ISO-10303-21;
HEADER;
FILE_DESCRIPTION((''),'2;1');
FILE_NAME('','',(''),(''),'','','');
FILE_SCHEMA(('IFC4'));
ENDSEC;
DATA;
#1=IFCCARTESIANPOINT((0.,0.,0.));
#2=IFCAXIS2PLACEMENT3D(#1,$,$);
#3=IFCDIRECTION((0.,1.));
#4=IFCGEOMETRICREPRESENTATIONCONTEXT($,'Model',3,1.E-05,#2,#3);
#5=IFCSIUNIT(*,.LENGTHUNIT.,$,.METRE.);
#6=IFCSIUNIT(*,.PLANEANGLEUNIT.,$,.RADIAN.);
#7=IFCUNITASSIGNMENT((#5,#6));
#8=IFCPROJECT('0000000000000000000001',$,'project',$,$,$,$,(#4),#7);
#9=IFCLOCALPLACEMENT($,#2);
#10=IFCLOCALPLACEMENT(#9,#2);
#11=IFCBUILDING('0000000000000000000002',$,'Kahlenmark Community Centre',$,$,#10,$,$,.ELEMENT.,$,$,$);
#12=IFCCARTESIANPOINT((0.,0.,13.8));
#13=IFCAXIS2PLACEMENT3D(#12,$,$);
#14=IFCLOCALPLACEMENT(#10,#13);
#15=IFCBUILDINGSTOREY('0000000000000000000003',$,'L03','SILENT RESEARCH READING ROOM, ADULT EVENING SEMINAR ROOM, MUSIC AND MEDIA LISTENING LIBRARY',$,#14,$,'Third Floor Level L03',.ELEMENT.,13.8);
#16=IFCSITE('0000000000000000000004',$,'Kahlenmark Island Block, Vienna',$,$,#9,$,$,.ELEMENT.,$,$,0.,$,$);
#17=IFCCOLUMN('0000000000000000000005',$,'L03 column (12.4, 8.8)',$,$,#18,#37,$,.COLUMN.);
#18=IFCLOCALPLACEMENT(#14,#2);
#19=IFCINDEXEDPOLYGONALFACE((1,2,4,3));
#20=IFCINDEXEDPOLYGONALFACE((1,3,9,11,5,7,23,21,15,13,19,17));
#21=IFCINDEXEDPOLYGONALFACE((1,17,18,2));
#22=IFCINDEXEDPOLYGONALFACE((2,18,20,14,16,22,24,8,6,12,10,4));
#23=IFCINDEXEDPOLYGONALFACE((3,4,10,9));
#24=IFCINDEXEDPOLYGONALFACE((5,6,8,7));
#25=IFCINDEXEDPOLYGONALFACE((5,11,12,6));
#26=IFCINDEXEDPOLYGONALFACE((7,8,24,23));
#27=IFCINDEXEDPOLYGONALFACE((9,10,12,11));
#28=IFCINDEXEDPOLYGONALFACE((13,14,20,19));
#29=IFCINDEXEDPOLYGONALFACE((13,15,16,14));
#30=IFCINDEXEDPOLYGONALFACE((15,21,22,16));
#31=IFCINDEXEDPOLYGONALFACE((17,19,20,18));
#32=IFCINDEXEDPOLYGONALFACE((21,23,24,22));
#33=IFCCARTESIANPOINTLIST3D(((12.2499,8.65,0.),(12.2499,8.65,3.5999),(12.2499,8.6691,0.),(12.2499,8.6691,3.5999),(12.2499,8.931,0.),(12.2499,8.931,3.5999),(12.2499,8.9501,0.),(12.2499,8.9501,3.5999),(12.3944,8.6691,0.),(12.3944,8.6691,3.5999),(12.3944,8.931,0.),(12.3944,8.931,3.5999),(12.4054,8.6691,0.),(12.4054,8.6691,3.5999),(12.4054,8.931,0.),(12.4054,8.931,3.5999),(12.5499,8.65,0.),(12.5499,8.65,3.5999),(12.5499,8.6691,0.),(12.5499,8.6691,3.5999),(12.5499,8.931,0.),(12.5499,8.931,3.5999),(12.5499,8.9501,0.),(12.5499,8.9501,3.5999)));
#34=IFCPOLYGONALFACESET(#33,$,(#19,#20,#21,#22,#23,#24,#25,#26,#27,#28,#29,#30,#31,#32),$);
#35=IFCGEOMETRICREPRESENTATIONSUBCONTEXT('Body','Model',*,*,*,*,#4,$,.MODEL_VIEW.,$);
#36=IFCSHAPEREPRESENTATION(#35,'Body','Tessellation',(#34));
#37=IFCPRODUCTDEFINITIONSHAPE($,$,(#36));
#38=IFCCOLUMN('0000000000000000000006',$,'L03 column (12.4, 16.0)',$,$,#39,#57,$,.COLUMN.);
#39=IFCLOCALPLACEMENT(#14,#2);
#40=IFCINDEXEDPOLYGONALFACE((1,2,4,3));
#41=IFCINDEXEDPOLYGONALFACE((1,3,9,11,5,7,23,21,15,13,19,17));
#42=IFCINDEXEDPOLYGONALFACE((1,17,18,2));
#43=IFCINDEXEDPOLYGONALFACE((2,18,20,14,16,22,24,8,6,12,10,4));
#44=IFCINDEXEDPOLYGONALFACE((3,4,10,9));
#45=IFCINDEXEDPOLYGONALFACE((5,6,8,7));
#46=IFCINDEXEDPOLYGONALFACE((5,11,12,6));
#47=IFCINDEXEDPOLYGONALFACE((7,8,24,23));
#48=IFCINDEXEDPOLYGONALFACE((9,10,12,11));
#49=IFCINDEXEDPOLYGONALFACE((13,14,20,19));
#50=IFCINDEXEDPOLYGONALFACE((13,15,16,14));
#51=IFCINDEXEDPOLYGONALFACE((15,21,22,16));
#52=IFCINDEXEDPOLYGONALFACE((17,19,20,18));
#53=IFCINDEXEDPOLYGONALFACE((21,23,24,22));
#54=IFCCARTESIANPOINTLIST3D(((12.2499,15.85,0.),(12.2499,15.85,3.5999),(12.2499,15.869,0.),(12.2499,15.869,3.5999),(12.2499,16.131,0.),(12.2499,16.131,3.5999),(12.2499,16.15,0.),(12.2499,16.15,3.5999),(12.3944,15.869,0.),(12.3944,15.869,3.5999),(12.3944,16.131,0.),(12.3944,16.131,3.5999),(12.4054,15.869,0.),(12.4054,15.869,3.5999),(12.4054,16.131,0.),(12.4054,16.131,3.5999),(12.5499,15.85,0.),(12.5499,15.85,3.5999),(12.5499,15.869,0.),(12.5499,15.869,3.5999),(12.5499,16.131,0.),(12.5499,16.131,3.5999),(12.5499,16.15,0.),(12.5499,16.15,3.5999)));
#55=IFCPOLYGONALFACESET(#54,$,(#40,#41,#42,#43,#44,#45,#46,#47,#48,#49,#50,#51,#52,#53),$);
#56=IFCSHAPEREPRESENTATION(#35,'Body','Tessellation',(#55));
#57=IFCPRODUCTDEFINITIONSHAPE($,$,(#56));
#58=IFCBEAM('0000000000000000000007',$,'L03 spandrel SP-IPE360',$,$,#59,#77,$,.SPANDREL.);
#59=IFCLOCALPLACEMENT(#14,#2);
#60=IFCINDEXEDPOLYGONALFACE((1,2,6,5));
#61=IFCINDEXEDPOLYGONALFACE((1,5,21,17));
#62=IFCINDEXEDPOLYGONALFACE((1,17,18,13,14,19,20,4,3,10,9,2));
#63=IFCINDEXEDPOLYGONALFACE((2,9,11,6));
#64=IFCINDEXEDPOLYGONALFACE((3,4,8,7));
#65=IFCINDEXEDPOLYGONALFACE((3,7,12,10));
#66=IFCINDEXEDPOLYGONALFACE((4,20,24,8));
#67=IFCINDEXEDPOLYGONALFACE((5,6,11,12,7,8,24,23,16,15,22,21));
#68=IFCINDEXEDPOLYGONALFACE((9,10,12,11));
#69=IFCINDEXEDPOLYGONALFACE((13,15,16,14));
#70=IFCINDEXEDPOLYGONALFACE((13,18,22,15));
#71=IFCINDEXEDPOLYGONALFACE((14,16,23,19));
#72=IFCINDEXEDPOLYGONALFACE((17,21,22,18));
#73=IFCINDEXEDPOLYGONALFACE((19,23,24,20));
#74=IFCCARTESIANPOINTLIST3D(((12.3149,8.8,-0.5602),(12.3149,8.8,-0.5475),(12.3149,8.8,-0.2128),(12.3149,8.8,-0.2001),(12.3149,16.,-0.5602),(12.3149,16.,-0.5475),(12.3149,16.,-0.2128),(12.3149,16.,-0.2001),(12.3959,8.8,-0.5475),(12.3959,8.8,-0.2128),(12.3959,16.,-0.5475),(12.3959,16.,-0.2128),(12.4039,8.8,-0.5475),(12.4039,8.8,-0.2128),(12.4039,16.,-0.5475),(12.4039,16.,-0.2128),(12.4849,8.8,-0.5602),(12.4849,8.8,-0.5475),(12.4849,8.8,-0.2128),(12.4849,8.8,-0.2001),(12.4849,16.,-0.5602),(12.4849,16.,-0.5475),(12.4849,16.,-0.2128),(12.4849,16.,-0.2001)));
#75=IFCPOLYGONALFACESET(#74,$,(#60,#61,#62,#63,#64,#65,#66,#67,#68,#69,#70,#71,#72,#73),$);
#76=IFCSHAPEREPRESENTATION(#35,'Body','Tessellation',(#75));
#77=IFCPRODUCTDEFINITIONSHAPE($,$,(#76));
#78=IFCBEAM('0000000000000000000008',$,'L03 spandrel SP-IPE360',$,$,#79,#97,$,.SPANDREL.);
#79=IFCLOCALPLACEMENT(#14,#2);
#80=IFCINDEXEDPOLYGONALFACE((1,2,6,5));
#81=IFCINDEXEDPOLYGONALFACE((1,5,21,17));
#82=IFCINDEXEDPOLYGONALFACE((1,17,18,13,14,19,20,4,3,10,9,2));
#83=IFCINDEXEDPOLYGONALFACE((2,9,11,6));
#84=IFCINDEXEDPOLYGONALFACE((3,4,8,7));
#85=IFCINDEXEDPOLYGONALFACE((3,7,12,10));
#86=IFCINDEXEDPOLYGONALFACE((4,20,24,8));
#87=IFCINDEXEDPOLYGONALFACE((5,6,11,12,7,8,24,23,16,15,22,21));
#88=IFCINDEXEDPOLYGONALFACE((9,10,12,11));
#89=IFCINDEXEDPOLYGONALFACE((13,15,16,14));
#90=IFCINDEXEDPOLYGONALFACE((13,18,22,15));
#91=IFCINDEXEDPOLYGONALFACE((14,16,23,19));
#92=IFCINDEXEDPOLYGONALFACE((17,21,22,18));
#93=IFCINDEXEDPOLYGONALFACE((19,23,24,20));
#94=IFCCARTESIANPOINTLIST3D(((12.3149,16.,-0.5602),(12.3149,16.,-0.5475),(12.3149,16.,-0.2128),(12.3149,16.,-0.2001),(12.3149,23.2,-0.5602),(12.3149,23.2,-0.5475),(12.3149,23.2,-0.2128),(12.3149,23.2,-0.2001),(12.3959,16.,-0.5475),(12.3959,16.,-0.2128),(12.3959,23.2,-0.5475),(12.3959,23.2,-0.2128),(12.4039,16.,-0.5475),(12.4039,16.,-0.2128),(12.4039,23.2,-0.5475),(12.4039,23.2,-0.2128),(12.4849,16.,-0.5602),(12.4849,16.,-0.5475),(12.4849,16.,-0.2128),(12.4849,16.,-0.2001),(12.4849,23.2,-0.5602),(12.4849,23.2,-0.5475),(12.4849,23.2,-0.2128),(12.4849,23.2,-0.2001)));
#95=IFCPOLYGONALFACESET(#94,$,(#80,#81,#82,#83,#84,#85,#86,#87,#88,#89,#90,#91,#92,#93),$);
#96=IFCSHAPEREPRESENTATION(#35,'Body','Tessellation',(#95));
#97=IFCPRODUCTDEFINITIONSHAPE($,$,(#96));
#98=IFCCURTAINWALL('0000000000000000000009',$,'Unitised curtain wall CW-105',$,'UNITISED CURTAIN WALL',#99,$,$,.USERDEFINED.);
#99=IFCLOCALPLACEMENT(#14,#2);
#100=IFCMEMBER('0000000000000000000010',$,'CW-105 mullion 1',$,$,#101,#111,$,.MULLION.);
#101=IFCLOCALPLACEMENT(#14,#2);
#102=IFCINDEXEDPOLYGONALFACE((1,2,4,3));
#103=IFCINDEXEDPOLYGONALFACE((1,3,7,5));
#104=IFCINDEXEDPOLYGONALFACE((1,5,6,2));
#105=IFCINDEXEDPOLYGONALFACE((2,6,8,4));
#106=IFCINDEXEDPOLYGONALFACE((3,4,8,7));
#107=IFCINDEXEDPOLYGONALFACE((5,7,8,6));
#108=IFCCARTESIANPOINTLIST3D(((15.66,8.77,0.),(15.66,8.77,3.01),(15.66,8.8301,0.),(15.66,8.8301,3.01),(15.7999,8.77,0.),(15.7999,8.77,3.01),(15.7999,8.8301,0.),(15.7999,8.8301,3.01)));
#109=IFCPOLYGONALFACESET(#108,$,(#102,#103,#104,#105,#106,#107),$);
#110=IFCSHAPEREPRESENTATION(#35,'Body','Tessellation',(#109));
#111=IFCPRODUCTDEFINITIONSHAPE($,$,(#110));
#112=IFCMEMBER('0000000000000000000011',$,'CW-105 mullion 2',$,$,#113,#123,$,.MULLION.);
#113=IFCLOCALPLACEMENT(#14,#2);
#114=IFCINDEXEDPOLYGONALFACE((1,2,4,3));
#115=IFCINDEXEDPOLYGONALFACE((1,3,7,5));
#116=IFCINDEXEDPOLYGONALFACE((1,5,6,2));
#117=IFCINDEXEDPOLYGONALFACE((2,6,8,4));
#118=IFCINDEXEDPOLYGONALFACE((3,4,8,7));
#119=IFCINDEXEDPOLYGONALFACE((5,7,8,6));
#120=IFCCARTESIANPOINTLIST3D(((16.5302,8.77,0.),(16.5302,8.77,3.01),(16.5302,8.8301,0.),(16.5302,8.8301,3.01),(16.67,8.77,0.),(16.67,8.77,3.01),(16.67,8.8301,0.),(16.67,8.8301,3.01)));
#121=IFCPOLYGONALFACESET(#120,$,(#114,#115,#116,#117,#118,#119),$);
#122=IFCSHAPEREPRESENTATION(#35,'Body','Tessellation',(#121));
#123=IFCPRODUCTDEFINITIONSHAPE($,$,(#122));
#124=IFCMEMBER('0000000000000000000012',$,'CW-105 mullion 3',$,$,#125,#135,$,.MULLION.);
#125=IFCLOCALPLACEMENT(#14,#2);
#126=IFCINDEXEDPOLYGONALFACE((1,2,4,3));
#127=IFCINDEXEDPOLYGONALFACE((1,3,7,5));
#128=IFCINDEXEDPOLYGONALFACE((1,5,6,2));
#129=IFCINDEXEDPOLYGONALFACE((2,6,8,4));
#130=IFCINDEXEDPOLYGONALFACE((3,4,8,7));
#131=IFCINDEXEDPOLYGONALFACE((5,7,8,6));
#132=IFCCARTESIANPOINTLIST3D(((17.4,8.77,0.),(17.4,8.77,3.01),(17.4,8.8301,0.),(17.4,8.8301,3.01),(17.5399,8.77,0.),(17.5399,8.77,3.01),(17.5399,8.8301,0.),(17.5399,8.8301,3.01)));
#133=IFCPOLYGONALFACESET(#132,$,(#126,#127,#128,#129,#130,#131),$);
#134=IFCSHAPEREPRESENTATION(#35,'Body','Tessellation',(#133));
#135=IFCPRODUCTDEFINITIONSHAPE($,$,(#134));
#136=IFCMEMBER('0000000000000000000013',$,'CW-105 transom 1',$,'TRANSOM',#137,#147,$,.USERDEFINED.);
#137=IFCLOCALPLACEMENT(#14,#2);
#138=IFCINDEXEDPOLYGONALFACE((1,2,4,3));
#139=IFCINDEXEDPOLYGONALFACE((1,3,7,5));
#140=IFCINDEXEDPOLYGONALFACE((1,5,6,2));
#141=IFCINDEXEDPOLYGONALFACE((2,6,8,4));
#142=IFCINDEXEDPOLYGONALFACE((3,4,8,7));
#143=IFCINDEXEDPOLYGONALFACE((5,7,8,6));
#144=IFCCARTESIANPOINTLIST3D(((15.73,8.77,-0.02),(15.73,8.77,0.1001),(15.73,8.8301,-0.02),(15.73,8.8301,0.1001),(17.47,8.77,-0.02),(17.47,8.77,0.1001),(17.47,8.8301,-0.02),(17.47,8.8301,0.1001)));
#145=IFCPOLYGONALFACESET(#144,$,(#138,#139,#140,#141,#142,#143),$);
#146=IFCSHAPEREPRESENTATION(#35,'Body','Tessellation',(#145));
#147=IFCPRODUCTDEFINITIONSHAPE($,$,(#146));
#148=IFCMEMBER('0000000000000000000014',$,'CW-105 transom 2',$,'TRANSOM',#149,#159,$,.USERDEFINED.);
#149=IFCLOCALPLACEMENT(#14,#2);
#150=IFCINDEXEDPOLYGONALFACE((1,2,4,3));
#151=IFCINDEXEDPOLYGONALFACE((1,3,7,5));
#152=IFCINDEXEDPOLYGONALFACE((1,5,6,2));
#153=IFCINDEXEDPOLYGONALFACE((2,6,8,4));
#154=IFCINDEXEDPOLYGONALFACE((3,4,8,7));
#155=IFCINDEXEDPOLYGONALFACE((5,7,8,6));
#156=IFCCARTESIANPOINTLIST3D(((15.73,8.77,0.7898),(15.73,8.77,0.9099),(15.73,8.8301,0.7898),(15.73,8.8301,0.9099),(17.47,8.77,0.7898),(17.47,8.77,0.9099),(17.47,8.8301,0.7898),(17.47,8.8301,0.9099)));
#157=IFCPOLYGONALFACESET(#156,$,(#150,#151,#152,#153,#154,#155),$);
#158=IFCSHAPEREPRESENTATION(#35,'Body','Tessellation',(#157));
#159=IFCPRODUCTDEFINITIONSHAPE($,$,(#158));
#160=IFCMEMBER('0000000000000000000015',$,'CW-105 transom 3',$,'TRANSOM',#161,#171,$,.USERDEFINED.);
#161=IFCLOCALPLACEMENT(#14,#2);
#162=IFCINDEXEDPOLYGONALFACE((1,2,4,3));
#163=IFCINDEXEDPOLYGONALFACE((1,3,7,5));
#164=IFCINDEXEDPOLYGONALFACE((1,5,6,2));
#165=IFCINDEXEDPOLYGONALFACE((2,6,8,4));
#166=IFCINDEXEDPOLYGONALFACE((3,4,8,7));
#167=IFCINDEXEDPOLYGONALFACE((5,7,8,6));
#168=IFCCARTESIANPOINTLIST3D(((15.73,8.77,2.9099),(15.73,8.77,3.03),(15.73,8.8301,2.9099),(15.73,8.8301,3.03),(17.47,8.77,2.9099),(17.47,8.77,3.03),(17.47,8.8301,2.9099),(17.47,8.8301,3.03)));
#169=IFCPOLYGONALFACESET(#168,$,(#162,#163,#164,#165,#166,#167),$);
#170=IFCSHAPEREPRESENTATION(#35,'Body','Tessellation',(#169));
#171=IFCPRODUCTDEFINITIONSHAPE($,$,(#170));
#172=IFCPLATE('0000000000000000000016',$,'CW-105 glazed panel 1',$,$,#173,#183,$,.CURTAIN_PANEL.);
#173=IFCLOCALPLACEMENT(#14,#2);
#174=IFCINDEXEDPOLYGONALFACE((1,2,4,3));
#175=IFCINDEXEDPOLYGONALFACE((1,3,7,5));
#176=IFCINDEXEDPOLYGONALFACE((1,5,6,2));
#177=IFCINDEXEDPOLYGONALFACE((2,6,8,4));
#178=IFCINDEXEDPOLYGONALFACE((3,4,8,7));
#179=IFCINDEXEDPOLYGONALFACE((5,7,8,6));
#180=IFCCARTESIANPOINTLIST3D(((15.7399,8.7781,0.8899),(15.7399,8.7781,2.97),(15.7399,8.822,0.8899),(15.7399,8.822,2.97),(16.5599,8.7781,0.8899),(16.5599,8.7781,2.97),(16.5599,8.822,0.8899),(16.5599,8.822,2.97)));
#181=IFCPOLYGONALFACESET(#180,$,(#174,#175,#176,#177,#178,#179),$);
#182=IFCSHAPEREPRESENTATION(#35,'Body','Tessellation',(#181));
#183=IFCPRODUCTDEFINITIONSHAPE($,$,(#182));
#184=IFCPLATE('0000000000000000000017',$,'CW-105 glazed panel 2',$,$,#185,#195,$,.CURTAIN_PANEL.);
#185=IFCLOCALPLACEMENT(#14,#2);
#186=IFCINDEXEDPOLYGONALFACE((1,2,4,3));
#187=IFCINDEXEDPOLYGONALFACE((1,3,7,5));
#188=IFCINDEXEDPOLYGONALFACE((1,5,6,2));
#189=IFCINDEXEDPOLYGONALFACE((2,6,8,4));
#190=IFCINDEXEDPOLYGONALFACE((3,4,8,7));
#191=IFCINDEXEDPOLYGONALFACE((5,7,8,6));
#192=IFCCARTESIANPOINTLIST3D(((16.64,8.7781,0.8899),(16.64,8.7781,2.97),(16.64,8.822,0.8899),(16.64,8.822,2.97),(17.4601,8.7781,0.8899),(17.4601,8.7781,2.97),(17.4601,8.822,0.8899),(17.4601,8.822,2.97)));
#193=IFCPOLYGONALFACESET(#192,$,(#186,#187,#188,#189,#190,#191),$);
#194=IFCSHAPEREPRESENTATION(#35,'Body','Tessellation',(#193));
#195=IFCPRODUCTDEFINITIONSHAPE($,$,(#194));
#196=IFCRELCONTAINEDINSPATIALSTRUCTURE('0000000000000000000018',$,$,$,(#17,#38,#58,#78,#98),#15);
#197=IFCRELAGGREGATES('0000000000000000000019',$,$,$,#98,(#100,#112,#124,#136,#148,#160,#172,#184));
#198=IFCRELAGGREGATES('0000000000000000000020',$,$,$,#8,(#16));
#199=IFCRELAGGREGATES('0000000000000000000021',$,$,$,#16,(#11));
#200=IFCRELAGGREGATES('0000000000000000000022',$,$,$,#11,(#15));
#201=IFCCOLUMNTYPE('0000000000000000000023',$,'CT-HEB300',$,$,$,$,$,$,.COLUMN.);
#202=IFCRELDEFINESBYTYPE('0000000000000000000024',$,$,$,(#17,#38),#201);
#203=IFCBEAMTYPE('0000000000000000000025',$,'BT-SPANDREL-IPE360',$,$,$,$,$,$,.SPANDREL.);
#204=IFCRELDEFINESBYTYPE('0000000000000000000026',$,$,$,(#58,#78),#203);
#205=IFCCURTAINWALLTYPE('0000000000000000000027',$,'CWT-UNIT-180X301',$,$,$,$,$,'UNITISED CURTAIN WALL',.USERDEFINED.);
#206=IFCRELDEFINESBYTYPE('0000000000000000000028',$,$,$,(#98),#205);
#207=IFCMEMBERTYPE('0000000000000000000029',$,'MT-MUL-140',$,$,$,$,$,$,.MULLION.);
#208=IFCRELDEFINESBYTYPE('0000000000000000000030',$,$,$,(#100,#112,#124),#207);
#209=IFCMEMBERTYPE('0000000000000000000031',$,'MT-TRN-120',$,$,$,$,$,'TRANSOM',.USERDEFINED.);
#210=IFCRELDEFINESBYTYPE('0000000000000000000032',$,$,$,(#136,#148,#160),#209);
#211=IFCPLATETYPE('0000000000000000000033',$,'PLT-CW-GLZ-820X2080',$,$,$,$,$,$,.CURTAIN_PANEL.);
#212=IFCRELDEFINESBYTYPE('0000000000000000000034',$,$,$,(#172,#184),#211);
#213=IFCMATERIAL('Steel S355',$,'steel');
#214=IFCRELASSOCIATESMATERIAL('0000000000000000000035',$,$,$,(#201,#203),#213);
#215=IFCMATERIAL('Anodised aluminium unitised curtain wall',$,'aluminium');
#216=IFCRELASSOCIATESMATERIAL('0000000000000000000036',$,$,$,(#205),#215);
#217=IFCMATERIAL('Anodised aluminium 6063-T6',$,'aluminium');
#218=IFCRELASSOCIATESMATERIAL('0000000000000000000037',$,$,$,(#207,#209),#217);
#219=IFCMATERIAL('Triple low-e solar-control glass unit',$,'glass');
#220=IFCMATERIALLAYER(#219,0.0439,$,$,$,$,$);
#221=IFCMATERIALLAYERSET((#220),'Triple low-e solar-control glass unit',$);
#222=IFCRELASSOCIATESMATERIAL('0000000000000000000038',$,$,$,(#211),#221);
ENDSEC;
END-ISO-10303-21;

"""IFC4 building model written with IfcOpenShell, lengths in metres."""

from ifc_helpers import new_model, si_unit, direction, frame, origin, origin_2d, place, context, subcontext, project, spatial, rectangle, i_section, extrude, material, layer, layer_set, material_profile, profile_set, type_object, element, aggregate, save


model = new_model("IFC4")

# Units and contexts
model_context = context("Model", 3, precision=1e-05, world=origin(), true_north=direction((0.0, 1.0)))
body_context = subcontext(model_context, "Body", "Model", "MODEL_VIEW")
ifc_project = project(units=[si_unit("LENGTHUNIT", "METRE"), si_unit("PLANEANGLEUNIT", "RADIAN")], contexts=[model_context])

# Site, building, storey
site_placement = place(None, origin())
site = spatial("IfcSite", under=ifc_project, at=site_placement, Name="Kahlenmark Island Block, Vienna", CompositionType="ELEMENT", RefElevation=0.0)
building_placement = place(site_placement, origin())
building = spatial("IfcBuilding", under=site, at=building_placement, Name="Kahlenmark Community Centre", CompositionType="ELEMENT")
storey_placement = place(building_placement, frame((0.0, 0.0, 13.8)))
storey = spatial("IfcBuildingStorey", under=building, at=storey_placement, Name="L03", Description="SILENT RESEARCH READING ROOM, ADULT EVENING SEMINAR ROOM, MUSIC AND MEDIA LISTENING LIBRARY", LongName="Third Floor Level L03", CompositionType="ELEMENT", Elevation=13.8)

# Columns
ifc_material_1 = material(Name="Steel S355", Category="steel")
ifc_material_profile_1 = material_profile(ifc_material_1, i_section(OverallWidth=0.3, OverallDepth=0.3, WebThickness=0.011, FlangeThickness=0.019, at=origin_2d()), Name="HEB 300")
ifc_profile_set_1 = profile_set([ifc_material_profile_1], Name="Steel S355")
column_type = type_object("IfcColumnType", Name="CT-HEB300", PredefinedType="COLUMN", material=ifc_profile_set_1)
for number, where, z_axis, x_axis, name in (
    (1, (12.3999, 8.8, 0.0), (0.0, 0.0, 1.0), (1.0, 0.0, 0.0), "L03 column (12.4, 8.8)"),
    (2, (12.3999, 16.0, 0.0), (0.0, 0.0, 1.0), (1.0, 0.0, 0.0), "L03 column (12.4, 16.0)"),
):
    element("IfcColumn", number, at=place(storey_placement, frame(where, z_axis=z_axis, x_axis=x_axis)), inside=storey, type_object=column_type, Name=name, PredefinedType="COLUMN", context=body_context, shape_type="SweptSolid", body=[
        extrude(i_section(OverallWidth=0.3, OverallDepth=0.3, WebThickness=0.011, FlangeThickness=0.019, at=origin_2d()), origin(), (0.0, 0.0, 1.0), 3.5999),
    ])

# Beams
ifc_material_profile_2 = material_profile(ifc_material_1, i_section(OverallWidth=0.1699, OverallDepth=0.3601, WebThickness=0.0081, FlangeThickness=0.0127, at=origin_2d()), Name="IPE 360")
ifc_profile_set_2 = profile_set([ifc_material_profile_2], Name="Steel S355")
beam_type = type_object("IfcBeamType", Name="BT-SPANDREL-IPE360", PredefinedType="SPANDREL", material=ifc_profile_set_2)
for number, where, z_axis, x_axis, name in (
    (3, (12.3999, 8.8, -0.3801), (0.0, 1.0, 0.0), (-1.0, 0.0, 0.0), "L03 spandrel SP-IPE360"),
    (4, (12.3999, 16.0, -0.3801), (0.0, 1.0, 0.0), (-1.0, 0.0, 0.0), "L03 spandrel SP-IPE360"),
):
    element("IfcBeam", number, at=place(storey_placement, frame(where, z_axis=z_axis, x_axis=x_axis)), inside=storey, type_object=beam_type, Name=name, PredefinedType="SPANDREL", context=body_context, shape_type="SweptSolid", body=[
        extrude(i_section(OverallWidth=0.1699, OverallDepth=0.3601, WebThickness=0.0081, FlangeThickness=0.0127, at=origin_2d()), origin(), (0.0, 0.0, 1.0), 7.2),
    ])

# Curtain wall, members, plates
ifc_material_2 = material(Name="Anodised aluminium unitised curtain wall", Category="aluminium")
curtain_wall_type = type_object("IfcCurtainWallType", Name="CWT-UNIT-180X301", ElementType="UNITISED CURTAIN WALL", PredefinedType="USERDEFINED", material=ifc_material_2)
curtain_wall_placement = place(storey_placement, origin())
curtain_wall = element("IfcCurtainWall", 5, at=curtain_wall_placement, inside=storey, type_object=curtain_wall_type, Name="Unitised curtain wall CW-105", ObjectType="UNITISED CURTAIN WALL", PredefinedType="USERDEFINED")
ifc_material_3 = material(Name="Anodised aluminium 6063-T6", Category="aluminium")
ifc_material_profile_3 = material_profile(ifc_material_3, rectangle(XDim=0.0601, YDim=0.1399, at=origin_2d()), Name="ALU MULLION 60x140")
ifc_profile_set_3 = profile_set([ifc_material_profile_3], Name="Anodised aluminium 6063-T6")
member_type_1 = type_object("IfcMemberType", Name="MT-MUL-140", PredefinedType="MULLION", material=ifc_profile_set_3)
member_1_placement = place(storey_placement, frame((15.73, 8.8, 0.0), z_axis=(0.0, 0.0, 1.0), x_axis=(0.0, 1.0, 0.0)))
member_1 = element("IfcMember", 6, at=member_1_placement, type_object=member_type_1, Name="CW-105 mullion 1", PredefinedType="MULLION", context=body_context, shape_type="SweptSolid", body=[
    extrude(rectangle(XDim=0.0601, YDim=0.1399, at=origin_2d()), origin(), (0.0, 0.0, 1.0), 3.01),
])
member_2_placement = place(storey_placement, frame((16.6001, 8.8, 0.0), z_axis=(0.0, 0.0, 1.0), x_axis=(0.0, 1.0, 0.0)))
member_2 = element("IfcMember", 7, at=member_2_placement, type_object=member_type_1, Name="CW-105 mullion 2", PredefinedType="MULLION", context=body_context, shape_type="SweptSolid", body=[
    extrude(rectangle(XDim=0.0601, YDim=0.1399, at=origin_2d()), origin(), (0.0, 0.0, 1.0), 3.01),
])
member_3_placement = place(storey_placement, frame((17.47, 8.8, 0.0), z_axis=(0.0, 0.0, 1.0), x_axis=(0.0, 1.0, 0.0)))
member_3 = element("IfcMember", 8, at=member_3_placement, type_object=member_type_1, Name="CW-105 mullion 3", PredefinedType="MULLION", context=body_context, shape_type="SweptSolid", body=[
    extrude(rectangle(XDim=0.0601, YDim=0.1399, at=origin_2d()), origin(), (0.0, 0.0, 1.0), 3.01),
])
ifc_material_profile_4 = material_profile(ifc_material_3, rectangle(XDim=0.0601, YDim=0.1201, at=origin_2d()), Name="ALU TRANSOM 60x120")
ifc_profile_set_4 = profile_set([ifc_material_profile_4], Name="Anodised aluminium 6063-T6")
member_type_2 = type_object("IfcMemberType", Name="MT-TRN-120", ElementType="TRANSOM", PredefinedType="USERDEFINED", material=ifc_profile_set_4)
member_4_placement = place(storey_placement, frame((15.73, 8.8, 0.04), z_axis=(1.0, 0.0, 0.0), x_axis=(0.0, 1.0, 0.0)))
member_4 = element("IfcMember", 9, at=member_4_placement, type_object=member_type_2, Name="CW-105 transom 1", ObjectType="TRANSOM", PredefinedType="USERDEFINED", context=body_context, shape_type="SweptSolid", body=[
    extrude(rectangle(XDim=0.0601, YDim=0.1201, at=origin_2d()), origin(), (0.0, 0.0, 1.0), 1.74),
])
member_5_placement = place(storey_placement, frame((15.73, 8.8, 0.8499), z_axis=(1.0, 0.0, 0.0), x_axis=(0.0, 1.0, 0.0)))
member_5 = element("IfcMember", 10, at=member_5_placement, type_object=member_type_2, Name="CW-105 transom 2", ObjectType="TRANSOM", PredefinedType="USERDEFINED", context=body_context, shape_type="SweptSolid", body=[
    extrude(rectangle(XDim=0.0601, YDim=0.1201, at=origin_2d()), origin(), (0.0, 0.0, 1.0), 1.74),
])
member_6_placement = place(storey_placement, frame((15.73, 8.8, 2.97), z_axis=(1.0, 0.0, 0.0), x_axis=(0.0, 1.0, 0.0)))
member_6 = element("IfcMember", 11, at=member_6_placement, type_object=member_type_2, Name="CW-105 transom 3", ObjectType="TRANSOM", PredefinedType="USERDEFINED", context=body_context, shape_type="SweptSolid", body=[
    extrude(rectangle(XDim=0.0601, YDim=0.1201, at=origin_2d()), origin(), (0.0, 0.0, 1.0), 1.74),
])
ifc_material_4 = material(Name="Triple low-e solar-control glass unit", Category="glass")
ifc_layer_1 = layer(ifc_material_4, 0.0439)
ifc_layer_set_1 = layer_set([ifc_layer_1], Name="Triple low-e solar-control glass unit")
plate_type_1 = type_object("IfcPlateType", Name="PLT-CW-GLZ-820X2080", PredefinedType="CURTAIN_PANEL", material=ifc_layer_set_1)
plate_1_placement = place(storey_placement, frame((16.1499, 8.8, 0.8899), z_axis=(0.0, 0.0, 1.0), x_axis=(1.0, 0.0, 0.0)))
plate_1 = element("IfcPlate", 12, at=plate_1_placement, type_object=plate_type_1, Name="CW-105 glazed panel 1", PredefinedType="CURTAIN_PANEL", context=body_context, shape_type="SweptSolid", body=[
    extrude(rectangle(XDim=0.8201, YDim=0.0439, at=origin_2d()), origin(), (0.0, 0.0, 1.0), 2.0801),
])
plate_2_placement = place(storey_placement, frame((17.05, 8.8, 0.8899), z_axis=(0.0, 0.0, 1.0), x_axis=(1.0, 0.0, 0.0)))
plate_2 = element("IfcPlate", 13, at=plate_2_placement, type_object=plate_type_1, Name="CW-105 glazed panel 2", PredefinedType="CURTAIN_PANEL", context=body_context, shape_type="SweptSolid", body=[
    extrude(rectangle(XDim=0.8201, YDim=0.0439, at=origin_2d()), origin(), (0.0, 0.0, 1.0), 2.0801),
])
aggregate(curtain_wall, [member_1, member_2, member_3, member_4, member_5, member_6, plate_1, plate_2])

save(model, "model.ifc")
